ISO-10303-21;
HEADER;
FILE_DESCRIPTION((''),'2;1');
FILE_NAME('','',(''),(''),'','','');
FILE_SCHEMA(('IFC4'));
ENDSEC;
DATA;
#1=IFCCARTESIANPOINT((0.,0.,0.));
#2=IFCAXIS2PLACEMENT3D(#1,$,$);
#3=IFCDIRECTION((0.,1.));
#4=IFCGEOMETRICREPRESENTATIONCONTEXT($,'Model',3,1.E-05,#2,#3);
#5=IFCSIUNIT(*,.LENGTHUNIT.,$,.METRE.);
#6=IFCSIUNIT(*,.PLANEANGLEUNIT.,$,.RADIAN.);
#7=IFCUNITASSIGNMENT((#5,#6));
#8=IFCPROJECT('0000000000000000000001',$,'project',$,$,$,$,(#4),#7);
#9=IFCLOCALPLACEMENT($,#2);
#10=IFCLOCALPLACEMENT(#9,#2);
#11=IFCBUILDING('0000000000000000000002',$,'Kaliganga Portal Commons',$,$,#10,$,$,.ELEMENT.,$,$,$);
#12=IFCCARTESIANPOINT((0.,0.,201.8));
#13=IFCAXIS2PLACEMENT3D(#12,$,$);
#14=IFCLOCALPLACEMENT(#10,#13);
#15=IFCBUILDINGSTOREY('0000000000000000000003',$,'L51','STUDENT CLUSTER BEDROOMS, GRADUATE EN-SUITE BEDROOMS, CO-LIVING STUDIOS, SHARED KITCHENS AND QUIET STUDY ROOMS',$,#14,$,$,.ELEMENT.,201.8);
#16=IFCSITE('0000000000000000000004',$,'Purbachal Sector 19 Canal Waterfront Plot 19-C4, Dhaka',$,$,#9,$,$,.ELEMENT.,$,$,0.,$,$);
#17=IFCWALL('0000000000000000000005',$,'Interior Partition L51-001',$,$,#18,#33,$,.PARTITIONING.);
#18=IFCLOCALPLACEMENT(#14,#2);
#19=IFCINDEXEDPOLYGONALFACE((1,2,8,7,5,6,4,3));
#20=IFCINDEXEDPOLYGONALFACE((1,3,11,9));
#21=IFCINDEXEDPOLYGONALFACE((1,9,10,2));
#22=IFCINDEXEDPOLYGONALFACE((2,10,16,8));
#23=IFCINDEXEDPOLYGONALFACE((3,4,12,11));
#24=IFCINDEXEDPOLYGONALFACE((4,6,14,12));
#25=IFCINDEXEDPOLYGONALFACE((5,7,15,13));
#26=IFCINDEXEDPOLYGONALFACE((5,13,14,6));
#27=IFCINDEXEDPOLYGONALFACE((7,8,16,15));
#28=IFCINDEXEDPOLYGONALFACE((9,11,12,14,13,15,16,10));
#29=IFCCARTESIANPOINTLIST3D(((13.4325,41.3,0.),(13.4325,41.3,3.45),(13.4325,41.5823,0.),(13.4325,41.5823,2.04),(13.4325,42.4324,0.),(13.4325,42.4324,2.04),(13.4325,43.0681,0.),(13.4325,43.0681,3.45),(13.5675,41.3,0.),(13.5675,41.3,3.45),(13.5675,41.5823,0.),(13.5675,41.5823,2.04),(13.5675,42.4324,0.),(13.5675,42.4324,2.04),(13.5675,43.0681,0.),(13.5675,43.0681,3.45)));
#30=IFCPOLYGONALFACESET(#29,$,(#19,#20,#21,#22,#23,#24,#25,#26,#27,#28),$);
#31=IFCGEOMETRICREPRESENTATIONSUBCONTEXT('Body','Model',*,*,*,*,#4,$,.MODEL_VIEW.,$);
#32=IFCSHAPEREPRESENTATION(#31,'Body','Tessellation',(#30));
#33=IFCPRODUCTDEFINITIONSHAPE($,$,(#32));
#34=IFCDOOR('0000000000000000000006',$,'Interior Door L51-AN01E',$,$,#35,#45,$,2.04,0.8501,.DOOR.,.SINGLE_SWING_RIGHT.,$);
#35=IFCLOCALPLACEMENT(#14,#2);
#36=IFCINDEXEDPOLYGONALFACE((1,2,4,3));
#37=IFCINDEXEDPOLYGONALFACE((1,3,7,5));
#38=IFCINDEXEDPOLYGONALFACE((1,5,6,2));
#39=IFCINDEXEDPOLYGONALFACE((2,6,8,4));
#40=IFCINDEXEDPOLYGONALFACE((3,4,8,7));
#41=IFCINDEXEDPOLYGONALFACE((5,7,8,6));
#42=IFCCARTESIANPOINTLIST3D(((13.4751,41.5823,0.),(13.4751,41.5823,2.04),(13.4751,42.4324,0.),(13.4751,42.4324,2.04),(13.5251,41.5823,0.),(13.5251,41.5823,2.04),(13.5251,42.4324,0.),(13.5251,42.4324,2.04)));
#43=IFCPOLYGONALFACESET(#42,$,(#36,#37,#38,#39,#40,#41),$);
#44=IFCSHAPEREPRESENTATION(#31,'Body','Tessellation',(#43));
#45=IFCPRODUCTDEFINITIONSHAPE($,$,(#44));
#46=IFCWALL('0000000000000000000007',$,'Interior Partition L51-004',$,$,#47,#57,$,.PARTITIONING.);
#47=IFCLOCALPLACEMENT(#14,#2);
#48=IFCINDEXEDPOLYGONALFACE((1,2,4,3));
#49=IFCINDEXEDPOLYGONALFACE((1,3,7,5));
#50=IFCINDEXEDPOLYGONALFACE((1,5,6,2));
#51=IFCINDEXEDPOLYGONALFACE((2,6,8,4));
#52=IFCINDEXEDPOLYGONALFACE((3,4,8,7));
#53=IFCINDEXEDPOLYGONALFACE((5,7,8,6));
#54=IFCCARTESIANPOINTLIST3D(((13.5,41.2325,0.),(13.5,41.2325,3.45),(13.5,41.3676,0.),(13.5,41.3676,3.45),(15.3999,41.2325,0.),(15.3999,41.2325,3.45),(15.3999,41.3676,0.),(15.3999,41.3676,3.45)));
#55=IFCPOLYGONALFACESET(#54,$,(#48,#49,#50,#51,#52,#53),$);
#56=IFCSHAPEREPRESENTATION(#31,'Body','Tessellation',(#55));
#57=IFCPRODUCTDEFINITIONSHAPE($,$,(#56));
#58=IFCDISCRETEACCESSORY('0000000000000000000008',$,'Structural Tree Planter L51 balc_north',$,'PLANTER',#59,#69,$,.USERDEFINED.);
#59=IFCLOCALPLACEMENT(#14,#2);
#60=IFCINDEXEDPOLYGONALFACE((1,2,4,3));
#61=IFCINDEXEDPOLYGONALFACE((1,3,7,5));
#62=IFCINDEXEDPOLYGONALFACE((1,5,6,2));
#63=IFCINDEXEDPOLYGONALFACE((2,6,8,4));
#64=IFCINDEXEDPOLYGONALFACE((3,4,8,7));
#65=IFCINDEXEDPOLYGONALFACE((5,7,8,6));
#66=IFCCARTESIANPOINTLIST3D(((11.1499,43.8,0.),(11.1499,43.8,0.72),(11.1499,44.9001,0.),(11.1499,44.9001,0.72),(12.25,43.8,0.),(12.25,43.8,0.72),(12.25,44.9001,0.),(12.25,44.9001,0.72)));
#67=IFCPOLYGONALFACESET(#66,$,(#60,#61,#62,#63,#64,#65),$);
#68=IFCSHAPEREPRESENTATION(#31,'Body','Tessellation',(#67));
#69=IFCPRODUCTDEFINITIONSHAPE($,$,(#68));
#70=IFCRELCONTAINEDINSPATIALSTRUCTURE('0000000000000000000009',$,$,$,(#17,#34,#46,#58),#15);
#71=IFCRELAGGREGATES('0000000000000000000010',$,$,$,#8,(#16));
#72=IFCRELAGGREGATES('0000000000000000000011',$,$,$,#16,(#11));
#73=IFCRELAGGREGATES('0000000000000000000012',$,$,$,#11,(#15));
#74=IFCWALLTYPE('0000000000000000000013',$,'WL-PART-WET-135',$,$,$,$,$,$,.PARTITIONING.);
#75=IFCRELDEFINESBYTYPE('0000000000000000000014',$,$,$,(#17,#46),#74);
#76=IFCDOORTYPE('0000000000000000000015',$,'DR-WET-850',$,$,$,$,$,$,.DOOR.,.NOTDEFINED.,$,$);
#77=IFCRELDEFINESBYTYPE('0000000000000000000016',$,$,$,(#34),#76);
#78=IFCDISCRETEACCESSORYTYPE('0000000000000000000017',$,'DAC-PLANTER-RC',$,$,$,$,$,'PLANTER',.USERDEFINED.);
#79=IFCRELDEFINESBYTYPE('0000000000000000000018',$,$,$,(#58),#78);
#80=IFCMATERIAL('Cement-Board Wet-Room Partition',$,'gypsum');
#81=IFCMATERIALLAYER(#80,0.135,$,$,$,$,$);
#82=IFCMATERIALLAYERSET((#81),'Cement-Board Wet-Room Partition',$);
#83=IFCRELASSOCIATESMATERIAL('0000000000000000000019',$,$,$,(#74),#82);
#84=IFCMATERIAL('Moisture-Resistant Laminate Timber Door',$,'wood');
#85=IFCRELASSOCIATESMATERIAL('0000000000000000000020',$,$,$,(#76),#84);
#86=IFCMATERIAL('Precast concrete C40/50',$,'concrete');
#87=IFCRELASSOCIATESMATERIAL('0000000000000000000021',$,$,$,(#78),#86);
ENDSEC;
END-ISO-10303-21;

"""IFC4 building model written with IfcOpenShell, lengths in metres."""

from ifc_helpers import new_model, si_unit, direction, frame, frame_2d, origin, origin_2d, place, context, subcontext, project, spatial, rectangle, extrude, source, transform, mapped, material, layer, layer_set, type_object, element, fill, save


model = new_model("IFC4")

# Units and contexts
model_context = context("Model", 3, precision=1e-05, world=origin(), true_north=direction((0.0, 1.0)))
body_context = subcontext(model_context, "Body", "Model", "MODEL_VIEW")
ifc_project = project(units=[si_unit("LENGTHUNIT", "METRE"), si_unit("PLANEANGLEUNIT", "RADIAN")], contexts=[model_context])

# Site, building, storey
site_placement = place(None, origin())
site = spatial("IfcSite", under=ifc_project, at=site_placement, Name="Purbachal Sector 19 Canal Waterfront Plot 19-C4, Dhaka", CompositionType="ELEMENT", RefElevation=0.0)
building_placement = place(site_placement, origin())
building = spatial("IfcBuilding", under=site, at=building_placement, Name="Kaliganga Portal Commons", CompositionType="ELEMENT")
storey_placement = place(building_placement, frame((0.0, 0.0, 201.8)))
storey = spatial("IfcBuildingStorey", under=building, at=storey_placement, Name="L51", Description="STUDENT CLUSTER BEDROOMS, GRADUATE EN-SUITE BEDROOMS, CO-LIVING STUDIOS, SHARED KITCHENS AND QUIET STUDY ROOMS", CompositionType="ELEMENT", Elevation=201.8)

# Wall, opening, door
ifc_material_1 = material(Name="Cement-Board Wet-Room Partition", Category="gypsum")
ifc_layer_1 = layer(ifc_material_1, 0.135)
ifc_layer_set_1 = layer_set([ifc_layer_1], Name="Cement-Board Wet-Room Partition")
wall_type_1 = type_object("IfcWallType", Name="WL-PART-WET-135", PredefinedType="PARTITIONING", material=ifc_layer_set_1)
wall_1_placement = place(storey_placement, frame((13.5, 41.3, 0.0), z_axis=(0.0, 0.0, 1.0), x_axis=(0.0, 1.0, 0.0)))
wall_1 = element("IfcWall", 1, at=wall_1_placement, inside=storey, type_object=wall_type_1, Name="Interior Partition L51-001", PredefinedType="PARTITIONING", context=body_context, shape_type="SweptSolid", body=[
    extrude(rectangle(XDim=1.7681, YDim=0.135, at=frame_2d((0.884, 0.0))), origin(), (0.0, 0.0, 1.0), 3.45),
])
opening_1_placement = place(wall_1_placement, frame((0.2822, 0.0, 0.0)))
opening_1 = element("IfcOpeningElement", 2, at=opening_1_placement, cuts=wall_1, PredefinedType="OPENING", context=body_context, shape_type="SweptSolid", body=[
    extrude(rectangle(XDim=0.8501, YDim=2.04, at=frame_2d((0.425, 1.02))), frame((0.0, 0.0776, 0.0), z_axis=(0.0, -1.0, 0.0), x_axis=(1.0, 0.0, 0.0)), (0.0, 0.0, 1.0), 0.155),
])
ifc_material_2 = material(Name="Moisture-Resistant Laminate Timber Door", Category="wood")
door_type_1 = type_object("IfcDoorType", Name="DR-WET-850", OperationType="NOTDEFINED", PredefinedType="DOOR", material=ifc_material_2)
door_1_placement = place(opening_1_placement, origin())
door_1 = element("IfcDoor", 3, at=door_1_placement, inside=storey, type_object=door_type_1, Name="Interior Door L51-AN01E", OperationType="SINGLE_SWING_RIGHT", OverallHeight=2.04, OverallWidth=0.8501, PredefinedType="DOOR", context=body_context, shape_type="SweptSolid", body=[
    extrude(rectangle(XDim=0.8501, YDim=2.04, at=frame_2d((0.425, 1.02))), frame((0.0, 0.0249, 0.0), z_axis=(0.0, -1.0, 0.0), x_axis=(1.0, 0.0, 0.0)), (0.0, 0.0, 1.0), 0.05),
])
fill(opening_1, door_1)

# Wall
wall_2_placement = place(storey_placement, frame((13.5, 41.3, 0.0), z_axis=(0.0, 0.0, 1.0), x_axis=(1.0, 0.0, 0.0)))
element("IfcWall", 4, at=wall_2_placement, inside=storey, type_object=wall_type_1, Name="Interior Partition L51-004", PredefinedType="PARTITIONING", context=body_context, shape_type="SweptSolid", body=[
    extrude(rectangle(XDim=1.8999, YDim=0.135, at=frame_2d((0.95, 0.0))), origin(), (0.0, 0.0, 1.0), 3.45),
])

# Discrete accessory
ifc_material_3 = material(Name="Precast concrete C40/50", Category="concrete")
discrete_accessory_type = type_object("IfcDiscreteAccessoryType", Name="DAC-PLANTER-RC", ElementType="PLANTER", PredefinedType="USERDEFINED", material=ifc_material_3)
shared_shape_1 = source(origin(), body_context, "Body", "SweptSolid", [
    extrude(rectangle(XDim=1.1001, YDim=1.1001, at=origin_2d()), origin(), (0.0, 0.0, 1.0), 0.72),
])
discrete_accessory_placement = place(storey_placement, frame((11.7, 44.3501, 0.0), z_axis=(0.0, 0.0, 1.0), x_axis=(1.0, 0.0, 0.0)))
element("IfcDiscreteAccessory", 5, at=discrete_accessory_placement, inside=storey, type_object=discrete_accessory_type, Name="Structural Tree Planter L51 balc_north", ObjectType="PLANTER", PredefinedType="USERDEFINED", context=body_context, shape_type="MappedRepresentation", body=[
    mapped(shared_shape_1, transform((0.0, 0.0, 0.0), x_axis=(1.0, 0.0, 0.0), y_axis=(0.0, 1.0, 0.0), z_axis=(0.0, 0.0, 1.0), scale=1.0)),
])

save(model, "model.ifc")
